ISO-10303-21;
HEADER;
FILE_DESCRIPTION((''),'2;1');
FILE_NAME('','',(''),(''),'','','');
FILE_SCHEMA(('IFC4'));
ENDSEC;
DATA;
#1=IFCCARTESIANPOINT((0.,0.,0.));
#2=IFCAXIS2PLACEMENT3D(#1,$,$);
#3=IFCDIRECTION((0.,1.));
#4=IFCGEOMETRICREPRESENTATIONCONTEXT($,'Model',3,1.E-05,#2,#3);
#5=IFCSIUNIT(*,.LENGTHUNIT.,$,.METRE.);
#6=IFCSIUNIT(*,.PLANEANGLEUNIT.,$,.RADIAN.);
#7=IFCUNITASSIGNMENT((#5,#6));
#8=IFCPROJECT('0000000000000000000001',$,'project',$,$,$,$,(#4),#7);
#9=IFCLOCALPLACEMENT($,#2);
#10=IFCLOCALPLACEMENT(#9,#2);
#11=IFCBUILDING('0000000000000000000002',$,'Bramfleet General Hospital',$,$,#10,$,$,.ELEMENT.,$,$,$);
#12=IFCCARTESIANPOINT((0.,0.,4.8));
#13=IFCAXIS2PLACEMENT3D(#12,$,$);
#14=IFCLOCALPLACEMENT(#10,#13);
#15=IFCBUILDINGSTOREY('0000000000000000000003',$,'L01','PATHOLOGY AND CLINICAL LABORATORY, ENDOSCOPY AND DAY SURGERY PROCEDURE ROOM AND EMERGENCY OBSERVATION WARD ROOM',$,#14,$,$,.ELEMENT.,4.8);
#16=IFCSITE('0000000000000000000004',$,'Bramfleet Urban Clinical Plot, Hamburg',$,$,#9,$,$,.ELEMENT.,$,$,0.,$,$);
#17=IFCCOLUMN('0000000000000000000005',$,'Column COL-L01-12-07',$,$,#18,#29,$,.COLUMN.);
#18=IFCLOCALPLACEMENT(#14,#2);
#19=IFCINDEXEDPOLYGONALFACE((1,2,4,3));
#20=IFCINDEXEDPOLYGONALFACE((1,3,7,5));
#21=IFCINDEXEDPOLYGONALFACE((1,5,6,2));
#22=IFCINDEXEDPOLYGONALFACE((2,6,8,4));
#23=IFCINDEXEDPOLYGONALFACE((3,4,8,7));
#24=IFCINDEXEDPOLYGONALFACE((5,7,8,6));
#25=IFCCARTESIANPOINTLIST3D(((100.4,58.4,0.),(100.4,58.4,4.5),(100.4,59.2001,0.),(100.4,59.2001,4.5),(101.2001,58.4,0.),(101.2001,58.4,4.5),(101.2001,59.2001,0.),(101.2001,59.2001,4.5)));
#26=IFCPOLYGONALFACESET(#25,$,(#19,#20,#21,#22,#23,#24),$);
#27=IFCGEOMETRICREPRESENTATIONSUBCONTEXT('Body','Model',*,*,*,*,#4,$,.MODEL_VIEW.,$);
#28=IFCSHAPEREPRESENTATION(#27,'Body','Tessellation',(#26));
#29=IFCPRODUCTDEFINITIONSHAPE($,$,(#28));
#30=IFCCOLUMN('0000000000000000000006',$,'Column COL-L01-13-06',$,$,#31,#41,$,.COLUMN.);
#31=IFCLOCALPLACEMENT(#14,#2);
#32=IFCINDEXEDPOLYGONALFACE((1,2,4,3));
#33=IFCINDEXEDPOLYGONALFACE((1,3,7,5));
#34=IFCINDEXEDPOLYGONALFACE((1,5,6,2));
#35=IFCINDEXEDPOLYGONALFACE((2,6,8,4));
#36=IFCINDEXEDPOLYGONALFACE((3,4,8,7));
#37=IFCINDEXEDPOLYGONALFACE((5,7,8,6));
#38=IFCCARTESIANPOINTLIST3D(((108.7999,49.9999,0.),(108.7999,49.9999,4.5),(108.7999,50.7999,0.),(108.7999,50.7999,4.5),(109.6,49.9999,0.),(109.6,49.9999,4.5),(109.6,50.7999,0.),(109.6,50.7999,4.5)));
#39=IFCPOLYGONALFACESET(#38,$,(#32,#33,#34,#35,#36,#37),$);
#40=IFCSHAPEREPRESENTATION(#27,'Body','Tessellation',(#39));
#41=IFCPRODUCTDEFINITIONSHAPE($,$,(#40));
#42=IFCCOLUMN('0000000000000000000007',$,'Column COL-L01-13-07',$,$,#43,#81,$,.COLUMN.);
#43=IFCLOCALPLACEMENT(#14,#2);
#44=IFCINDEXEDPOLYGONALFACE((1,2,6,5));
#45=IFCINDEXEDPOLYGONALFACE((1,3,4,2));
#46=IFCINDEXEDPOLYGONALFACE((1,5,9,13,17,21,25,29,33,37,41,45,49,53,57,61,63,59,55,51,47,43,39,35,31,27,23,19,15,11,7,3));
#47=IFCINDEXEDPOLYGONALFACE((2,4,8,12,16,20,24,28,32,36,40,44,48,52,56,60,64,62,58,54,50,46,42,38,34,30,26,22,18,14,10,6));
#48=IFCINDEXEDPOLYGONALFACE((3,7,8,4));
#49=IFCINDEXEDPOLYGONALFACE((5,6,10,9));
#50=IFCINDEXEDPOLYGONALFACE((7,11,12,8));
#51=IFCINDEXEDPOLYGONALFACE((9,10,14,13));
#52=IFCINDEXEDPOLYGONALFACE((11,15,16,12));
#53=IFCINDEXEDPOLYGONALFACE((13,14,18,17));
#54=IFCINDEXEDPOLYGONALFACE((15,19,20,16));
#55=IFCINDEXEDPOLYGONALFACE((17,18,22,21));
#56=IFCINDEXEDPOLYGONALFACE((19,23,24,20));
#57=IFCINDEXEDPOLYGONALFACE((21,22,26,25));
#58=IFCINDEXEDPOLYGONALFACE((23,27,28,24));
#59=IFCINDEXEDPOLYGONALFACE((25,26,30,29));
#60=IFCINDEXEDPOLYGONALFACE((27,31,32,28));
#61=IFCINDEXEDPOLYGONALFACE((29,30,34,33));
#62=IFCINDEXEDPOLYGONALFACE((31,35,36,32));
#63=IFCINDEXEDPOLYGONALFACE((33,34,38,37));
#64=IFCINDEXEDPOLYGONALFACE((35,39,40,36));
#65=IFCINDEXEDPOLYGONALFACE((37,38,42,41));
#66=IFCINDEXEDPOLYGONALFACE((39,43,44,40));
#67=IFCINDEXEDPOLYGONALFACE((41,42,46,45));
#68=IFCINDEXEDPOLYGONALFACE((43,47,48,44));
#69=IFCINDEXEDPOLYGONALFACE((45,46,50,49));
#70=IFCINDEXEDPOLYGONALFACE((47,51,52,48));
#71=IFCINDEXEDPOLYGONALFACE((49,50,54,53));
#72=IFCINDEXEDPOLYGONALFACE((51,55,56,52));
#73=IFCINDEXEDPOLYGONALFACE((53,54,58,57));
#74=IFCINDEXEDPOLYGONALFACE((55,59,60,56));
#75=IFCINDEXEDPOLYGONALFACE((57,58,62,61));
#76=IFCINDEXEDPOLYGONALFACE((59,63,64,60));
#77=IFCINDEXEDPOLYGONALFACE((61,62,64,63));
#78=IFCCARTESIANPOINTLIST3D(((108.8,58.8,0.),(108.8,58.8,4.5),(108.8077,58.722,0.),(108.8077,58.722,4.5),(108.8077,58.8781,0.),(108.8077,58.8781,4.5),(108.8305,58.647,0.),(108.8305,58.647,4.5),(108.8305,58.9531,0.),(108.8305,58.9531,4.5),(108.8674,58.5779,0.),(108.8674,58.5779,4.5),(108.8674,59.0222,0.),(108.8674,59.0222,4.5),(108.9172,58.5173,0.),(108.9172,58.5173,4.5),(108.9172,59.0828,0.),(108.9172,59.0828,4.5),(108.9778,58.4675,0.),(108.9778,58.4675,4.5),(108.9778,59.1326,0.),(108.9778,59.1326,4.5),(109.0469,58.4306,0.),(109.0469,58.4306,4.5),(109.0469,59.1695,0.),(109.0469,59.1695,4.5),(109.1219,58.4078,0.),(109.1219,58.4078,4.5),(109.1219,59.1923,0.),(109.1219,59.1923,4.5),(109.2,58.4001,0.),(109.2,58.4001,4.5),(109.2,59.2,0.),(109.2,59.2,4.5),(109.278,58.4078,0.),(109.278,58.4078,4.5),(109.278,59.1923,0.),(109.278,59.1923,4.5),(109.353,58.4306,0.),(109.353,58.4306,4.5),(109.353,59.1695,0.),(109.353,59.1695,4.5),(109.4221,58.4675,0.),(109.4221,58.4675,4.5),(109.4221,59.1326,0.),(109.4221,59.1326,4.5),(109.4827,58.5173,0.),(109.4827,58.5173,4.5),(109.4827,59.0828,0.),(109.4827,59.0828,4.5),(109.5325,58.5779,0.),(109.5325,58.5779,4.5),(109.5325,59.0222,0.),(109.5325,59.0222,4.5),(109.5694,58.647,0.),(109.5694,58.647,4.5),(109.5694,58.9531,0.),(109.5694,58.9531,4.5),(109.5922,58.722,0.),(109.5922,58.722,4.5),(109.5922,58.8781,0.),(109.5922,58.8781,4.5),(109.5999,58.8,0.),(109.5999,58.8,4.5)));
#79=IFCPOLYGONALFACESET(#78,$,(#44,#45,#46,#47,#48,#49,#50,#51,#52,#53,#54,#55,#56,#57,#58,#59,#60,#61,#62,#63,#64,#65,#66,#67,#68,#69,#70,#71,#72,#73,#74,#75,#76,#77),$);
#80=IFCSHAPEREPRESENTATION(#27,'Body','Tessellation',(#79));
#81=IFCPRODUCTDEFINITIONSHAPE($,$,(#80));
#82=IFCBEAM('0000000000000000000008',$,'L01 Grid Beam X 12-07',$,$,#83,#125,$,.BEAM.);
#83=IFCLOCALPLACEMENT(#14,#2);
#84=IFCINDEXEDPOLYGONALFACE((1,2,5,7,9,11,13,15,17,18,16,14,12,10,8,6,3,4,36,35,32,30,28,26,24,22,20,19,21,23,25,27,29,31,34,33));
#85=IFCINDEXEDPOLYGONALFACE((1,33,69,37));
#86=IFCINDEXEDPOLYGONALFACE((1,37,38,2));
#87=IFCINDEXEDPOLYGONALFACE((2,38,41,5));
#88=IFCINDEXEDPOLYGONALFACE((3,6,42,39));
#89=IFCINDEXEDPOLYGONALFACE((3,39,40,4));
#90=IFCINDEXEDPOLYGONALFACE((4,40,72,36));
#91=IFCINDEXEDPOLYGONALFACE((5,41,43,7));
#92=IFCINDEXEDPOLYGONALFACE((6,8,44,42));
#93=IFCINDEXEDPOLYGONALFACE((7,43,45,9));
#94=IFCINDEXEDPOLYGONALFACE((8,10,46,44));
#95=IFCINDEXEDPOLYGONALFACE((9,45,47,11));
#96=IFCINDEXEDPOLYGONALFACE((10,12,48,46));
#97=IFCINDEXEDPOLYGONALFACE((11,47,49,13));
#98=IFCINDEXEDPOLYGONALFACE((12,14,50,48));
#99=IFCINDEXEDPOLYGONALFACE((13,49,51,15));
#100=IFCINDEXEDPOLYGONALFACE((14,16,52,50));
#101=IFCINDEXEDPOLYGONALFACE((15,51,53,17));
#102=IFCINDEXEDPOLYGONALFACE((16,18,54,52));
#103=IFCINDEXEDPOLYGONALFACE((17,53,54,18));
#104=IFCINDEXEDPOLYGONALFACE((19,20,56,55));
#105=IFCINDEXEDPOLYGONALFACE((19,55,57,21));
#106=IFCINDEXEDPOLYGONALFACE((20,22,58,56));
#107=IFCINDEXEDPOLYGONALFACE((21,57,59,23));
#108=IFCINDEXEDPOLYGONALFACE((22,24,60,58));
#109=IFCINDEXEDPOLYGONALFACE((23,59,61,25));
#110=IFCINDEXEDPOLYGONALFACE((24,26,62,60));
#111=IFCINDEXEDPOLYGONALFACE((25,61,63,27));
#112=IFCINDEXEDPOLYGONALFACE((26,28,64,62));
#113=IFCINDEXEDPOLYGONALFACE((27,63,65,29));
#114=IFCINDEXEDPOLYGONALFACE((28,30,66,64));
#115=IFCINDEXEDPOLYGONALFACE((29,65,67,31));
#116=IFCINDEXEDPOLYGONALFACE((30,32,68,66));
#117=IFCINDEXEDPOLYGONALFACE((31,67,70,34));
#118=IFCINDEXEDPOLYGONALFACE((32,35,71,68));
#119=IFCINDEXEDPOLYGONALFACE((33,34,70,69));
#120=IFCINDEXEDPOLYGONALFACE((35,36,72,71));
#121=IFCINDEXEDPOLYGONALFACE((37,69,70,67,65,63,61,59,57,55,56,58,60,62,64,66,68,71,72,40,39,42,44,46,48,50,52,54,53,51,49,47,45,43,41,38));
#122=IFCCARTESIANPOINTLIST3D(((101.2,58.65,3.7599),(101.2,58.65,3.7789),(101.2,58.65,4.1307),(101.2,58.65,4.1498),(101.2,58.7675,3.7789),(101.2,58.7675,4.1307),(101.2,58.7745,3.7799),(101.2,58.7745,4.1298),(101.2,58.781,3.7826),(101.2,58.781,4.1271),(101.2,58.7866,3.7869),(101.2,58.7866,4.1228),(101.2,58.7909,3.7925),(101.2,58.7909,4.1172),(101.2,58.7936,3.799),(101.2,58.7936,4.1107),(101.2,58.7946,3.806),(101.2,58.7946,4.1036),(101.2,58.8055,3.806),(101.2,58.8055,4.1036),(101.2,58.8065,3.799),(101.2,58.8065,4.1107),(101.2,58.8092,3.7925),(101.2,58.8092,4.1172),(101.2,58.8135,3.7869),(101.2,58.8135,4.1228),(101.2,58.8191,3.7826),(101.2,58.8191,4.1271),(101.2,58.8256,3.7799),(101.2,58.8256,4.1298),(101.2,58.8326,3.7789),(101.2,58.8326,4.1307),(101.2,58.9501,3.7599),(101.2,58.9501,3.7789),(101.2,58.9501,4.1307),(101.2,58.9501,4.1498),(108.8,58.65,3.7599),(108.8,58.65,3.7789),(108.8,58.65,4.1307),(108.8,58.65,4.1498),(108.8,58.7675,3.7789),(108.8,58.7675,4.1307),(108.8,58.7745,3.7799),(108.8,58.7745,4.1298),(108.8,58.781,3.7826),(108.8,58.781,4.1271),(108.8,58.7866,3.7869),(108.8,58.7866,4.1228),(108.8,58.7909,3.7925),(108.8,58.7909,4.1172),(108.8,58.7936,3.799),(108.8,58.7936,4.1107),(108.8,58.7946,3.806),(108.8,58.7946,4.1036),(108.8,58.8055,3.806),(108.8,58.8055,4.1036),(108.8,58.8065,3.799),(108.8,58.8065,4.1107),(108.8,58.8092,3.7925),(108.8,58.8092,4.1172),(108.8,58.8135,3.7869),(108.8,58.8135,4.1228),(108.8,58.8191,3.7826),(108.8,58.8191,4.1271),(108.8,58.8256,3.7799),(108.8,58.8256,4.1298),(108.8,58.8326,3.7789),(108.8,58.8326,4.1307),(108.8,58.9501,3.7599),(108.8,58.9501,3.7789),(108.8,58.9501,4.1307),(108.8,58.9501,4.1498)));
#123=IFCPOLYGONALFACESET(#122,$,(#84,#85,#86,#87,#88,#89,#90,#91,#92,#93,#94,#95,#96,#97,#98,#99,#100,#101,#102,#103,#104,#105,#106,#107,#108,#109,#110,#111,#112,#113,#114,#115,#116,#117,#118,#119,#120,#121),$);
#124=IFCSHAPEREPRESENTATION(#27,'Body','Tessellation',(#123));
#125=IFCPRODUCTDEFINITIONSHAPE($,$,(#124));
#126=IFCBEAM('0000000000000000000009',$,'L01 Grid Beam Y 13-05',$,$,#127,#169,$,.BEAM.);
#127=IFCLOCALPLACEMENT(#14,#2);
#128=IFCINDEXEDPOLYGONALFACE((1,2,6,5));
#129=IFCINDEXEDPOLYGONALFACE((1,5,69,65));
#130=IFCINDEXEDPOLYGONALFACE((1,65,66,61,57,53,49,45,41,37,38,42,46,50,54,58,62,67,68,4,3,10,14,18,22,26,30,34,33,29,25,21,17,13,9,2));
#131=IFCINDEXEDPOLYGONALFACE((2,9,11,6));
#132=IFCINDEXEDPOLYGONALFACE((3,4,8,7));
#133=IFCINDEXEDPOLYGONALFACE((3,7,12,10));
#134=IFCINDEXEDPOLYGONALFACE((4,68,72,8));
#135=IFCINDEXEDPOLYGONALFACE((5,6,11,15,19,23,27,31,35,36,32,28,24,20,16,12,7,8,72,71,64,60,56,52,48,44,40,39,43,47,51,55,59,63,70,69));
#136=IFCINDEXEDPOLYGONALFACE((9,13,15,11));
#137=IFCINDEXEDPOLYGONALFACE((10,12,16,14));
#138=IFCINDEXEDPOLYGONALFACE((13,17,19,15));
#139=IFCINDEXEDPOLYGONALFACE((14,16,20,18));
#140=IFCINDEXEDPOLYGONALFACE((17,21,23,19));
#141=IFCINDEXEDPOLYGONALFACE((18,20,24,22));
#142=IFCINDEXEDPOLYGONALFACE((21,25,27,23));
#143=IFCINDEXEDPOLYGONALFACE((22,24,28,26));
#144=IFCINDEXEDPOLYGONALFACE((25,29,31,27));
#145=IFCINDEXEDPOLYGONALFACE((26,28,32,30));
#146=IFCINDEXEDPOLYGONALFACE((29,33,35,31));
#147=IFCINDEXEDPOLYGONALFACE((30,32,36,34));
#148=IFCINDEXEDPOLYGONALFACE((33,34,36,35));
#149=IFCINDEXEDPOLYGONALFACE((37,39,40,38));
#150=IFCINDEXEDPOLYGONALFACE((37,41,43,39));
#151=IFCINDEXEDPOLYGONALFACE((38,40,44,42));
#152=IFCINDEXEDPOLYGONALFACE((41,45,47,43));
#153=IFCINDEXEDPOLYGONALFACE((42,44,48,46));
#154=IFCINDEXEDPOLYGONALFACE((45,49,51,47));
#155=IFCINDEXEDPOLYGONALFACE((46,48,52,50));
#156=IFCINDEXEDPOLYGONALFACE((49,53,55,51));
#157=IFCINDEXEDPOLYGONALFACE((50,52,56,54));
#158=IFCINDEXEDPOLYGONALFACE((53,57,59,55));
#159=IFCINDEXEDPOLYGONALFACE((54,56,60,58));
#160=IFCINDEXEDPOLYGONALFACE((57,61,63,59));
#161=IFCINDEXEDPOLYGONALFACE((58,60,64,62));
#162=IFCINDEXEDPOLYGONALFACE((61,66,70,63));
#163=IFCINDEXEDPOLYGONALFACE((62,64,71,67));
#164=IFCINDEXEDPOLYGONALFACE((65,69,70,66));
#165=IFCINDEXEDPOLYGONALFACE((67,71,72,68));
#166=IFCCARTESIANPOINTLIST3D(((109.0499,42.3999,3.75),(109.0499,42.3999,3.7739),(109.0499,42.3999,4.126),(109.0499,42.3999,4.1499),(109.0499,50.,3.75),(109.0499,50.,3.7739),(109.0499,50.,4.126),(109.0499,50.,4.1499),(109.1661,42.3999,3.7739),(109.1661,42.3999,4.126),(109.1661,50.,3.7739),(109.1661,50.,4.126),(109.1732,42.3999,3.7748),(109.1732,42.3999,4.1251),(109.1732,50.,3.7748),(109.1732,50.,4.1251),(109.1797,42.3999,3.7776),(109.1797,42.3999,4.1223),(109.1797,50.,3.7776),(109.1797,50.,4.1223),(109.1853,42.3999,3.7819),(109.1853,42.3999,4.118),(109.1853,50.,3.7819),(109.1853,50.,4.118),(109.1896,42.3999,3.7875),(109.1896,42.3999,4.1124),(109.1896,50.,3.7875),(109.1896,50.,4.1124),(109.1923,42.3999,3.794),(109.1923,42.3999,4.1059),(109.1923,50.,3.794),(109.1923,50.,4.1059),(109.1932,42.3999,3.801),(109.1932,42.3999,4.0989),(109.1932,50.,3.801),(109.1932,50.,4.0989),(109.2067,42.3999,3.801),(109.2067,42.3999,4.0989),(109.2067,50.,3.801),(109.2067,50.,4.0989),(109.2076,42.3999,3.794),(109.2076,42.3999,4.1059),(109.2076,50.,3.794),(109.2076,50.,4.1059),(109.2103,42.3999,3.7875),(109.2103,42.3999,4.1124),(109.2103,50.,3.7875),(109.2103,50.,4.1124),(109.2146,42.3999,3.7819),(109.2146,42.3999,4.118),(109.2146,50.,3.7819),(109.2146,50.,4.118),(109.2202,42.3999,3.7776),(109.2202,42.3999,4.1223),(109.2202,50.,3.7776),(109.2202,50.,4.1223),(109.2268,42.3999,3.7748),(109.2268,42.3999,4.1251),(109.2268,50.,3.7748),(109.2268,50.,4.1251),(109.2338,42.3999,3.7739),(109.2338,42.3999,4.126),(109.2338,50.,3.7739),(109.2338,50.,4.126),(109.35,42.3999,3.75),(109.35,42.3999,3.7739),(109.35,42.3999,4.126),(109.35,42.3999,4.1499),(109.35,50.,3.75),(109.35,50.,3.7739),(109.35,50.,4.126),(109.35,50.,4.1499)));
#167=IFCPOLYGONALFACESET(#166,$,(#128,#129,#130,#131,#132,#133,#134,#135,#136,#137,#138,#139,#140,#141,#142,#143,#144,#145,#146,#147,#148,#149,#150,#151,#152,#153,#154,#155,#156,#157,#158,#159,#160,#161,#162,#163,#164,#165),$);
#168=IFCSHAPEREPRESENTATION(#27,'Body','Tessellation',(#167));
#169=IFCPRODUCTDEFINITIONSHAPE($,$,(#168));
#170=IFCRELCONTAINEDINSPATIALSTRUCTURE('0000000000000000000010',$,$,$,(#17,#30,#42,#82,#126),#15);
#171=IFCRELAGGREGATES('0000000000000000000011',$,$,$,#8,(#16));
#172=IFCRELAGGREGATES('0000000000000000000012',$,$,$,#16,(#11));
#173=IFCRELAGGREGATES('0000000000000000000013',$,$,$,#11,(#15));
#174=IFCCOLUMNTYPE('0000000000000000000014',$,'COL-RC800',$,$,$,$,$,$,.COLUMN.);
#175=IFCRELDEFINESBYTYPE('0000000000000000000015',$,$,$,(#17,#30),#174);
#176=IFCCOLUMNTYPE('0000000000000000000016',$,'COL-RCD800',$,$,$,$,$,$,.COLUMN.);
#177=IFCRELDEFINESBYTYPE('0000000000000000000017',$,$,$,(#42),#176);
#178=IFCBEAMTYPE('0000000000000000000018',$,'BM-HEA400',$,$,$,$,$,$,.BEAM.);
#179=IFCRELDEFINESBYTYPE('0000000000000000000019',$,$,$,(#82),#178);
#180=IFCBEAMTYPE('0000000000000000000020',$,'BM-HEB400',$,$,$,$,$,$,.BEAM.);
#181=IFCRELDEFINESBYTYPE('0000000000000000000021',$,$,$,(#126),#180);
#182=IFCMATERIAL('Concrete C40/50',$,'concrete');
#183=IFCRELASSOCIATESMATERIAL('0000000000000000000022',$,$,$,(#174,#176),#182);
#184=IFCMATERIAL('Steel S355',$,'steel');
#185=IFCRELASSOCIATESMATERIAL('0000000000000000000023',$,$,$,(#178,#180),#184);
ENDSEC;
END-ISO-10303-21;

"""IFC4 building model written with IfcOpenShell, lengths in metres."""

from ifc_helpers import new_model, si_unit, direction, frame, origin, origin_2d, place, context, subcontext, project, spatial, rectangle, circle, i_section, extrude, material, material_profile, profile_set, type_object, element, save


model = new_model("IFC4")

# Units and contexts
model_context = context("Model", 3, precision=1e-05, world=origin(), true_north=direction((0.0, 1.0)))
body_context = subcontext(model_context, "Body", "Model", "MODEL_VIEW")
ifc_project = project(units=[si_unit("LENGTHUNIT", "METRE"), si_unit("PLANEANGLEUNIT", "RADIAN")], contexts=[model_context])

# Site, building, storey
site_placement = place(None, origin())
site = spatial("IfcSite", under=ifc_project, at=site_placement, Name="Bramfleet Urban Clinical Plot, Hamburg", CompositionType="ELEMENT", RefElevation=0.0)
building_placement = place(site_placement, origin())
building = spatial("IfcBuilding", under=site, at=building_placement, Name="Bramfleet General Hospital", CompositionType="ELEMENT")
storey_placement = place(building_placement, frame((0.0, 0.0, 4.8)))
storey = spatial("IfcBuildingStorey", under=building, at=storey_placement, Name="L01", Description="PATHOLOGY AND CLINICAL LABORATORY, ENDOSCOPY AND DAY SURGERY PROCEDURE ROOM AND EMERGENCY OBSERVATION WARD ROOM", CompositionType="ELEMENT", Elevation=4.8)

# Columns
ifc_material_1 = material(Name="Concrete C40/50", Category="concrete")
ifc_material_profile_1 = material_profile(ifc_material_1, rectangle(XDim=0.8, YDim=0.8, at=origin_2d()), Name="RC COL 800x800")
ifc_profile_set_1 = profile_set([ifc_material_profile_1], Name="Concrete C40/50")
column_type_1 = type_object("IfcColumnType", Name="COL-RC800", PredefinedType="COLUMN", material=ifc_profile_set_1)
for number, where, z_axis, x_axis, name in (
    (1, (100.8, 58.8, 0.0), (0.0, 0.0, 1.0), (1.0, 0.0, 0.0), "Column COL-L01-12-07"),
    (2, (109.2, 50.3999, 0.0), (0.0, 0.0, 1.0), (1.0, 0.0, 0.0), "Column COL-L01-13-06"),
):
    element("IfcColumn", number, at=place(storey_placement, frame(where, z_axis=z_axis, x_axis=x_axis)), inside=storey, type_object=column_type_1, Name=name, PredefinedType="COLUMN", context=body_context, shape_type="SweptSolid", body=[
        extrude(rectangle(XDim=0.8, YDim=0.8, at=origin_2d()), origin(), (0.0, 0.0, 1.0), 4.5),
    ])
ifc_material_profile_2 = material_profile(ifc_material_1, circle(Radius=0.3999, at=origin_2d()), Name="RC ROUND D800")
ifc_profile_set_2 = profile_set([ifc_material_profile_2], Name="Concrete C40/50")
column_type_2 = type_object("IfcColumnType", Name="COL-RCD800", PredefinedType="COLUMN", material=ifc_profile_set_2)
column_placement = place(storey_placement, frame((109.2, 58.8, 0.0), z_axis=(0.0, 0.0, 1.0), x_axis=(1.0, 0.0, 0.0)))
element("IfcColumn", 3, at=column_placement, inside=storey, type_object=column_type_2, Name="Column COL-L01-13-07", PredefinedType="COLUMN", context=body_context, shape_type="SweptSolid", body=[
    extrude(circle(Radius=0.3999, at=origin_2d()), origin(), (0.0, 0.0, 1.0), 4.5),
])

# Beams
ifc_material_2 = material(Name="Steel S355", Category="steel")
ifc_material_profile_3 = material_profile(ifc_material_2, i_section(OverallWidth=0.3, OverallDepth=0.3899, WebThickness=0.011, FlangeThickness=0.019, FilletRadius=0.0271, at=origin_2d()), Name="HEA 400")
ifc_profile_set_3 = profile_set([ifc_material_profile_3], Name="Steel S355")
beam_type_1 = type_object("IfcBeamType", Name="BM-HEA400", PredefinedType="BEAM", material=ifc_profile_set_3)
beam_1_placement = place(storey_placement, frame((101.2, 58.8, 3.9548), z_axis=(1.0, 0.0, 0.0), x_axis=(0.0, 1.0, 0.0)))
element("IfcBeam", 4, at=beam_1_placement, inside=storey, type_object=beam_type_1, Name="L01 Grid Beam X 12-07", PredefinedType="BEAM", context=body_context, shape_type="SweptSolid", body=[
    extrude(i_section(OverallWidth=0.3, OverallDepth=0.3899, WebThickness=0.011, FlangeThickness=0.019, FilletRadius=0.0271, at=origin_2d()), origin(), (0.0, 0.0, 1.0), 7.6001),
])
ifc_material_profile_4 = material_profile(ifc_material_2, i_section(OverallWidth=0.3, OverallDepth=0.3999, WebThickness=0.0134, FlangeThickness=0.0239, FilletRadius=0.0271, at=origin_2d()), Name="HEB 400")
ifc_profile_set_4 = profile_set([ifc_material_profile_4], Name="Steel S355")
beam_type_2 = type_object("IfcBeamType", Name="BM-HEB400", PredefinedType="BEAM", material=ifc_profile_set_4)
beam_2_placement = place(storey_placement, frame((109.2, 42.3999, 3.95), z_axis=(0.0, 1.0, 0.0), x_axis=(-1.0, 0.0, 0.0)))
element("IfcBeam", 5, at=beam_2_placement, inside=storey, type_object=beam_type_2, Name="L01 Grid Beam Y 13-05", PredefinedType="BEAM", context=body_context, shape_type="SweptSolid", body=[
    extrude(i_section(OverallWidth=0.3, OverallDepth=0.3999, WebThickness=0.0134, FlangeThickness=0.0239, FilletRadius=0.0271, at=origin_2d()), origin(), (0.0, 0.0, 1.0), 7.6001),
])

save(model, "model.ifc")
